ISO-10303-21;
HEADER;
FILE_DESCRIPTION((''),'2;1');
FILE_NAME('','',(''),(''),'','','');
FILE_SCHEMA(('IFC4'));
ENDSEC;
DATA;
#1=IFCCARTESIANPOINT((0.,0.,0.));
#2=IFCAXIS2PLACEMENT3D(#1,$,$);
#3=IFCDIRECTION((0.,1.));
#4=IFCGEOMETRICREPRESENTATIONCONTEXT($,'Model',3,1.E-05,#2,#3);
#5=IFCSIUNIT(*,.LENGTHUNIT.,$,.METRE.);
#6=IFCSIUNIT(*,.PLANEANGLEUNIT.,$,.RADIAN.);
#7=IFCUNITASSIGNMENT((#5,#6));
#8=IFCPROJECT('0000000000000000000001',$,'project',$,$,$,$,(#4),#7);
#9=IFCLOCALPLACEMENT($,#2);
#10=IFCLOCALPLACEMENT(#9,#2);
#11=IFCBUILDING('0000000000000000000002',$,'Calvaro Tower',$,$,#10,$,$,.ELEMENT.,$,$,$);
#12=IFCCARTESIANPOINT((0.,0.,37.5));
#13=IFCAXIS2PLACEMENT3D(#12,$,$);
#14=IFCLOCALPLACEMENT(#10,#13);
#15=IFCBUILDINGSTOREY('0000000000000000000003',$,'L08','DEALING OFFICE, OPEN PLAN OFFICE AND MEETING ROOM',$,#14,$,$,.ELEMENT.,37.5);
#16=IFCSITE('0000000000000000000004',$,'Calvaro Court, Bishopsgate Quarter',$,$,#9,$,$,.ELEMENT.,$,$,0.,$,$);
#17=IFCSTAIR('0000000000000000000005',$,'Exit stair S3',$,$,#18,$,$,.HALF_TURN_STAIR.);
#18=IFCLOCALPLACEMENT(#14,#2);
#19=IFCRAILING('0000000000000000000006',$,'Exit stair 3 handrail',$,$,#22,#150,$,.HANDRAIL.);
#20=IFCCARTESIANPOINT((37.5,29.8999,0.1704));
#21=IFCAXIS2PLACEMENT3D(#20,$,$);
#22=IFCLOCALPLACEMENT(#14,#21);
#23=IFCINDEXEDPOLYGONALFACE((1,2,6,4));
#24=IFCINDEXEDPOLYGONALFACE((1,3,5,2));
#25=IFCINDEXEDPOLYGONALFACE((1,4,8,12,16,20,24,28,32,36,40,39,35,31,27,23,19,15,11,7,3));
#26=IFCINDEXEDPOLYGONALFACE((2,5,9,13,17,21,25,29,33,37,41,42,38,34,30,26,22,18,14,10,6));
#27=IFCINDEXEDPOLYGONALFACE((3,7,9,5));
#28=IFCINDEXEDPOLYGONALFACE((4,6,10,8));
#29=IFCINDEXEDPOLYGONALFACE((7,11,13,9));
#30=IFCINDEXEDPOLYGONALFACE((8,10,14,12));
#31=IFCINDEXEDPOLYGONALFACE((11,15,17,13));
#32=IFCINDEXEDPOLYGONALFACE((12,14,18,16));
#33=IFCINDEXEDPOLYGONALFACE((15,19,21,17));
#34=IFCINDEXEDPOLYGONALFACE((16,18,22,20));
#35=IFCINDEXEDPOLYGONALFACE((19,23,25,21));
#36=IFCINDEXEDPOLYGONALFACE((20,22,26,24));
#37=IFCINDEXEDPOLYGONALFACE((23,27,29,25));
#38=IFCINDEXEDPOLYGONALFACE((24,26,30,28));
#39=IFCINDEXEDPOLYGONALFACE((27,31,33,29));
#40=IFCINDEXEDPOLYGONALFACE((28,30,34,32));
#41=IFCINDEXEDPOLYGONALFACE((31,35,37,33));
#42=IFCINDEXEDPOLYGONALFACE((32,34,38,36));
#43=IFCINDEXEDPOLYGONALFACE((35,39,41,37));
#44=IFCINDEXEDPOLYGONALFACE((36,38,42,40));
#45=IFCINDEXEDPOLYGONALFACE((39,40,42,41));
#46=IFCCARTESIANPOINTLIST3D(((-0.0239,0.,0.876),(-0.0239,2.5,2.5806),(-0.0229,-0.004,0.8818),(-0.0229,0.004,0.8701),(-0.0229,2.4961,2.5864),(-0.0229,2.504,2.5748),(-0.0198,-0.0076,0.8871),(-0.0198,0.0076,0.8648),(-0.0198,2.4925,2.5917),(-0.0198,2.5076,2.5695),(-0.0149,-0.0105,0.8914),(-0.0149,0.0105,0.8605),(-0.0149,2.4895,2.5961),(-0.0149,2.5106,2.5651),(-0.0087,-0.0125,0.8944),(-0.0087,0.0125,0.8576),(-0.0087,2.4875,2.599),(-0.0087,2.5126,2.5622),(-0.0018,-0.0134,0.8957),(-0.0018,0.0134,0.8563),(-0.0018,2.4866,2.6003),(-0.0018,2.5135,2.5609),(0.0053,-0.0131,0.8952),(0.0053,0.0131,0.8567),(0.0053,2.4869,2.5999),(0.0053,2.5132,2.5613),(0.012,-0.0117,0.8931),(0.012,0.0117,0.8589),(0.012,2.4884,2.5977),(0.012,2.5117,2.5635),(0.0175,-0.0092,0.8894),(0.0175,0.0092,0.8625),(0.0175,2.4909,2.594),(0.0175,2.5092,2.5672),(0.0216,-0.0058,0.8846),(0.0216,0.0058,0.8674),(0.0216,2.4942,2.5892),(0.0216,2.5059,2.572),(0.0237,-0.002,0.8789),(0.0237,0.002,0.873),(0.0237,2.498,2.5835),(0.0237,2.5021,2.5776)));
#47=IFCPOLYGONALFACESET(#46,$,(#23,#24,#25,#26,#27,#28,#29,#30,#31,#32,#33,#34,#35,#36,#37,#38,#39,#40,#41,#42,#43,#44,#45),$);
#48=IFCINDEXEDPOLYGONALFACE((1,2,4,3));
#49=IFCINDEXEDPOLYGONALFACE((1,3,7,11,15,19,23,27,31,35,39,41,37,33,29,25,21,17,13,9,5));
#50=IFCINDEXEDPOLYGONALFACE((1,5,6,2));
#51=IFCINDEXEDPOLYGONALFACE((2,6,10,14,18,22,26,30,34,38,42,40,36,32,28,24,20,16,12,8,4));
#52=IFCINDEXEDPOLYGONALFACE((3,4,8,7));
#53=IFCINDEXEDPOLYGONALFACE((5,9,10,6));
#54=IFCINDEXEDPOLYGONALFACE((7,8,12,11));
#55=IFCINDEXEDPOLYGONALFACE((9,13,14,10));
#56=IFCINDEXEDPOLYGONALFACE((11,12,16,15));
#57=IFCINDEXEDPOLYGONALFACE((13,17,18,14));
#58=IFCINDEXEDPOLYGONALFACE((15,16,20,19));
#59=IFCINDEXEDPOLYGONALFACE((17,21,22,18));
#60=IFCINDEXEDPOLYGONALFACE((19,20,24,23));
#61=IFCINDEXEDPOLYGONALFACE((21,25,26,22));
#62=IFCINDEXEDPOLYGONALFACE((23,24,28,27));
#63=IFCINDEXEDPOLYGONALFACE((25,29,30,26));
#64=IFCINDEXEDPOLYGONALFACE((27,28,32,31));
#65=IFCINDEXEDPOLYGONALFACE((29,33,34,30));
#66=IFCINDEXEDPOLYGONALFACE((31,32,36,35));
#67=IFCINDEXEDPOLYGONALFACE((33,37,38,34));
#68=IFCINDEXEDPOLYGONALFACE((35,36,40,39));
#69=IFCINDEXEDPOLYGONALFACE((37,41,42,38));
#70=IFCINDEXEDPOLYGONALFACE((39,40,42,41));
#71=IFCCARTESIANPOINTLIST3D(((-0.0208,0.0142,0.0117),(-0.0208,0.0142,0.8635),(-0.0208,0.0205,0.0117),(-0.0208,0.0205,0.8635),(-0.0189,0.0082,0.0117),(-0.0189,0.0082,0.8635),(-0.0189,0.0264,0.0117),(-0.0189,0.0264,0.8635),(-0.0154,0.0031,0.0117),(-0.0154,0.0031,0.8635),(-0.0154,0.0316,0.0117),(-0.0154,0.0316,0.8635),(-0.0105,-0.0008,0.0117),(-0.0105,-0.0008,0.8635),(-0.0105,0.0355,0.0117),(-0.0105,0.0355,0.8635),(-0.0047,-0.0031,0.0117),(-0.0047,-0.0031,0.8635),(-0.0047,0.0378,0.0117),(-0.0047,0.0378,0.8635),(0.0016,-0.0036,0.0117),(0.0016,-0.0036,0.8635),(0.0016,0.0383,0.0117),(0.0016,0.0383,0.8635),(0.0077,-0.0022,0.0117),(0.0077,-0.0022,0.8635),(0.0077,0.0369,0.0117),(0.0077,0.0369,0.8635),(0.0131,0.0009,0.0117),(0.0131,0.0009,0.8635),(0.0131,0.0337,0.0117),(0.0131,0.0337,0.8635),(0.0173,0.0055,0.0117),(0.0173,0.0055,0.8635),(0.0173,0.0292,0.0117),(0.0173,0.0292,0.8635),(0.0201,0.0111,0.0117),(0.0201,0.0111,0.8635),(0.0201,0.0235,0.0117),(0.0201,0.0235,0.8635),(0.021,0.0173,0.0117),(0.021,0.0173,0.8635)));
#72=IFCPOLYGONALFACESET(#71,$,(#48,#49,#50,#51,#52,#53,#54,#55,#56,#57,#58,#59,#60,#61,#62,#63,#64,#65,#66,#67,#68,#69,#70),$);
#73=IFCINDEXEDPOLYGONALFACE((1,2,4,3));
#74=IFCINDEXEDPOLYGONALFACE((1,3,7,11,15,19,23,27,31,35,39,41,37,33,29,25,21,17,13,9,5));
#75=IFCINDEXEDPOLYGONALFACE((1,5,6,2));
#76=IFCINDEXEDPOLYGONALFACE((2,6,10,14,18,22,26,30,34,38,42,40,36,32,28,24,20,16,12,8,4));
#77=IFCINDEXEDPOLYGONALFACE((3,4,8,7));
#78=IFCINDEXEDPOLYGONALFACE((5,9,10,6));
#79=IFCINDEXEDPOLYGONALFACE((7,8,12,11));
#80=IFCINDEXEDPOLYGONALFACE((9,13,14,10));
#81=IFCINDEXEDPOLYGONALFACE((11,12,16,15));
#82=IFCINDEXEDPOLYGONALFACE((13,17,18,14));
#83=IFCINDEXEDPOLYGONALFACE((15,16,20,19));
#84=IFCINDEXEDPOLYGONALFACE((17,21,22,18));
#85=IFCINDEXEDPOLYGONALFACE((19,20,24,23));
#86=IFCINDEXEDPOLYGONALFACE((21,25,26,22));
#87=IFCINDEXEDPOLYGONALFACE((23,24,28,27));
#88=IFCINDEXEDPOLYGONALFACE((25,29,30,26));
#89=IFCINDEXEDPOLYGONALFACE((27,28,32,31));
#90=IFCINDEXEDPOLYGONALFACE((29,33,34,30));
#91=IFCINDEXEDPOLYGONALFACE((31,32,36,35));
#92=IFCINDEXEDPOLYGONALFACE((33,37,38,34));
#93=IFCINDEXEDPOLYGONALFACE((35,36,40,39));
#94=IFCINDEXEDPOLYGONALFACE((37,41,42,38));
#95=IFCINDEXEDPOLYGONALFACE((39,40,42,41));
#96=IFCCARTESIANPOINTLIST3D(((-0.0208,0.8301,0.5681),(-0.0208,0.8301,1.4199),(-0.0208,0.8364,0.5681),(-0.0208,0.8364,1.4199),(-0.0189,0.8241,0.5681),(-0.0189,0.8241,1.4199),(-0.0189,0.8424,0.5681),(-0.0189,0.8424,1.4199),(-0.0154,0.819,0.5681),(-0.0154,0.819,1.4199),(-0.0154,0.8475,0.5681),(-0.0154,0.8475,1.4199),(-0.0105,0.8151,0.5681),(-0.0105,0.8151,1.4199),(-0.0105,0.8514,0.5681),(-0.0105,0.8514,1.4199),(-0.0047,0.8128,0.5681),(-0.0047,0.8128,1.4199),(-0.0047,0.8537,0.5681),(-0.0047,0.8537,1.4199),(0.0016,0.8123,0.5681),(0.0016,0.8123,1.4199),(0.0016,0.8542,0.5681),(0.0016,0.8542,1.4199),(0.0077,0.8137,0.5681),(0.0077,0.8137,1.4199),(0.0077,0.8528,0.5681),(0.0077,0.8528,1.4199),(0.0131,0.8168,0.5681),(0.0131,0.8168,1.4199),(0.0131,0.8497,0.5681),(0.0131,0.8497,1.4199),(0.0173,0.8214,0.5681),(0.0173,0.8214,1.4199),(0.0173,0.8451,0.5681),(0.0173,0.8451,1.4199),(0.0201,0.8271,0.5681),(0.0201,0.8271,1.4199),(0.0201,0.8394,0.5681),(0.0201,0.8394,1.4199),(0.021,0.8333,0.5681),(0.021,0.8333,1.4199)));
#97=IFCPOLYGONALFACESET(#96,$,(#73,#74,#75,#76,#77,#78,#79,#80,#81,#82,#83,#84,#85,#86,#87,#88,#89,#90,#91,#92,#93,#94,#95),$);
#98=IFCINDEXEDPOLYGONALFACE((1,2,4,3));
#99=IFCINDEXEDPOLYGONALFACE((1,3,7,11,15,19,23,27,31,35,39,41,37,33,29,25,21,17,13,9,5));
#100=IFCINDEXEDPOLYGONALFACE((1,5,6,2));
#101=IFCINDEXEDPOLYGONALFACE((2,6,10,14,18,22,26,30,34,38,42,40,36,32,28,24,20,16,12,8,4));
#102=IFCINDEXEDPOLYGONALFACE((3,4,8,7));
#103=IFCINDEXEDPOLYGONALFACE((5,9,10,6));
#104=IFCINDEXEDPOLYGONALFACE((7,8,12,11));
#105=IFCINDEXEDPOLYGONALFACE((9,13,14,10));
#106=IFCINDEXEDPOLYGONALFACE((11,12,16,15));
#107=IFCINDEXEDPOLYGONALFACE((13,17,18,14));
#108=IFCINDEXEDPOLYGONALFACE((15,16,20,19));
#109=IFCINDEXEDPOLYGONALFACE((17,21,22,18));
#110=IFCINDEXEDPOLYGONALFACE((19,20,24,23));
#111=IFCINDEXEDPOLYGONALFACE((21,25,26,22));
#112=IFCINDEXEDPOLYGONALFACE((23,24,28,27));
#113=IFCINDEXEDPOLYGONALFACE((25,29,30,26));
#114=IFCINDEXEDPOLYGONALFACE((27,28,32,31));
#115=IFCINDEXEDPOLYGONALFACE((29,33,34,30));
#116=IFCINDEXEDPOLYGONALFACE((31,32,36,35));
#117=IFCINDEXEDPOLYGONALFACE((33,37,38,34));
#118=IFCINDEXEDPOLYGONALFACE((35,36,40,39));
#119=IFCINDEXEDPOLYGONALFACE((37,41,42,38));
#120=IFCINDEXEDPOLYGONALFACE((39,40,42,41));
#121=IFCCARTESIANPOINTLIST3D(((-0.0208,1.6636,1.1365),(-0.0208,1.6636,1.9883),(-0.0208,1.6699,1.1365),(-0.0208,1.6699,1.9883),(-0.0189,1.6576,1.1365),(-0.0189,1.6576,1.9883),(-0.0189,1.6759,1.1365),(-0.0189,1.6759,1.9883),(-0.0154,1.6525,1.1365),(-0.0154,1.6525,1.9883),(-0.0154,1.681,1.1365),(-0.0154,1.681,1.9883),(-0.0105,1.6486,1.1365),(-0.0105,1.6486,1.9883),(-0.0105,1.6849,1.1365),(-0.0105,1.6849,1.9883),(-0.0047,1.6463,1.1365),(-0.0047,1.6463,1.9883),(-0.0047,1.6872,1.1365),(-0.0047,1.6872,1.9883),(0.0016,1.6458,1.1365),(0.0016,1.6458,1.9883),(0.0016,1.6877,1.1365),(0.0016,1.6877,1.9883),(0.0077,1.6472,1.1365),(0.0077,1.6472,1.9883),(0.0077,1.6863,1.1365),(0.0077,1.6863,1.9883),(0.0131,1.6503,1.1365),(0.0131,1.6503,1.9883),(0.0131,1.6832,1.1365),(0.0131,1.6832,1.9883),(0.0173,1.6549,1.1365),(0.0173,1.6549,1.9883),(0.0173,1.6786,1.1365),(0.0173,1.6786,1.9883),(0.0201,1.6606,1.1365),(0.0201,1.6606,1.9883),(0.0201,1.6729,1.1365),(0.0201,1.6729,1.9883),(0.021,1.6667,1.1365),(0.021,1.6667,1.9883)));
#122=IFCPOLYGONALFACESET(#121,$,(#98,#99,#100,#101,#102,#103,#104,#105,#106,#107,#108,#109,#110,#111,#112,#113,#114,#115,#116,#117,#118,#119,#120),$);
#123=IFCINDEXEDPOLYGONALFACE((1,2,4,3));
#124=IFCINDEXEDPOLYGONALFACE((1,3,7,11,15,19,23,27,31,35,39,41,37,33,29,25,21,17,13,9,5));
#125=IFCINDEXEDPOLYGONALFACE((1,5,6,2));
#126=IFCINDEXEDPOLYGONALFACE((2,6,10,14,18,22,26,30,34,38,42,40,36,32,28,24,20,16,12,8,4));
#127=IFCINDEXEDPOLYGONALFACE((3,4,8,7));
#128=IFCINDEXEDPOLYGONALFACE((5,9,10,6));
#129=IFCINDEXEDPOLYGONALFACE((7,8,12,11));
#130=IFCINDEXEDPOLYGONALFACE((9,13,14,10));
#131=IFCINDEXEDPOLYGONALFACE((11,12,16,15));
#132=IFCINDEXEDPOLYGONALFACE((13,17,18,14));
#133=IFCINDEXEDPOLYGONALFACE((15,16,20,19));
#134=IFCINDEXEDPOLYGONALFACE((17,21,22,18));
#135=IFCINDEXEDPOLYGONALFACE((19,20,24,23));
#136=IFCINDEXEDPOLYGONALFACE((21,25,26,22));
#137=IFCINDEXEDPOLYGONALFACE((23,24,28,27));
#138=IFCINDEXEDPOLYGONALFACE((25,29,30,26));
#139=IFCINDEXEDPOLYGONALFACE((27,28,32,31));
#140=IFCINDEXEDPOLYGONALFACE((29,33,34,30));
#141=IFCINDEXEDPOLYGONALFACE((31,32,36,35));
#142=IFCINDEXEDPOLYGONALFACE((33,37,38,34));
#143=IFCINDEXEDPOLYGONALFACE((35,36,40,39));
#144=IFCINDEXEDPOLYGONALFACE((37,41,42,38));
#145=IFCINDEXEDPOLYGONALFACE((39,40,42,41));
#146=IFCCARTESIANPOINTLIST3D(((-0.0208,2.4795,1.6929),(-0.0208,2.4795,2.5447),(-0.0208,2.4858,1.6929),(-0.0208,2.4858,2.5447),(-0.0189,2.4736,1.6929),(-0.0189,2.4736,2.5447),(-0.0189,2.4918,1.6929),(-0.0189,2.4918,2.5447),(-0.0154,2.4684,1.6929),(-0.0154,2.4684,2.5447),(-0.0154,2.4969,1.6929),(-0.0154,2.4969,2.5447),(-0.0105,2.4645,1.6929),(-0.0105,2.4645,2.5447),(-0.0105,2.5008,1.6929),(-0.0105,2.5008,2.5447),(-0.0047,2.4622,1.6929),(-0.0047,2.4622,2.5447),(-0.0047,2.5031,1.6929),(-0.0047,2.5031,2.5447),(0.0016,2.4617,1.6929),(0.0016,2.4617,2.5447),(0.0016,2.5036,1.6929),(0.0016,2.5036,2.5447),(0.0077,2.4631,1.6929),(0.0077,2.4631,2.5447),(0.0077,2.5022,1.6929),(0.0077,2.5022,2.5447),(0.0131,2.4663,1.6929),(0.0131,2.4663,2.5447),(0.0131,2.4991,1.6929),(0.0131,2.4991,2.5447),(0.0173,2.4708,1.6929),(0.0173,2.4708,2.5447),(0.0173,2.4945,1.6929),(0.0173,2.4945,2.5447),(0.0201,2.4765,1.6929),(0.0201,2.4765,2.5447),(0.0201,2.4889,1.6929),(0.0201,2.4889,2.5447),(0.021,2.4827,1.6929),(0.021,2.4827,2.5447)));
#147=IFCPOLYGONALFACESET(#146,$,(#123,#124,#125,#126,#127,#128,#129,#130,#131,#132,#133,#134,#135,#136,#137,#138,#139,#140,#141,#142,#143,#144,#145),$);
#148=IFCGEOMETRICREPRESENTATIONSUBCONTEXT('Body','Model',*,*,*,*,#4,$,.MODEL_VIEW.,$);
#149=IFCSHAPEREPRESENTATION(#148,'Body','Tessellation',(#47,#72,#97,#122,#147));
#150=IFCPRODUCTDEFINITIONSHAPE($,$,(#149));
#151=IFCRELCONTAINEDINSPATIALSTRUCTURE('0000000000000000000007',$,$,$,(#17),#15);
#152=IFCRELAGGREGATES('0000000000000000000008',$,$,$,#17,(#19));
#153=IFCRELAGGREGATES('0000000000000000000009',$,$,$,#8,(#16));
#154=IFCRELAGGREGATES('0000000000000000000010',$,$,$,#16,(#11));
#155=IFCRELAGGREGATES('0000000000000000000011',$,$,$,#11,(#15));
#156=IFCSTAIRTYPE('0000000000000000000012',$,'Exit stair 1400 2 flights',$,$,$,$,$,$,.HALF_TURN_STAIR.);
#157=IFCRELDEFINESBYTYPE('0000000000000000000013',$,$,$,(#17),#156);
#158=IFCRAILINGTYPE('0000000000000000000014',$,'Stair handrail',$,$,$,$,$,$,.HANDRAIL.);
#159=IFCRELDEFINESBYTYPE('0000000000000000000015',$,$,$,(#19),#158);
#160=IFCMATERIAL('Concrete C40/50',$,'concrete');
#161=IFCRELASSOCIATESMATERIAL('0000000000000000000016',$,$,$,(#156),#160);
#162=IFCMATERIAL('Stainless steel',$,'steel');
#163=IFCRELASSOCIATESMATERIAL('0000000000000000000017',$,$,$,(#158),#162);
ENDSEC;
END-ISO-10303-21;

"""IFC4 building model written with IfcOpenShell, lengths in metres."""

from ifc_helpers import new_model, si_unit, direction, frame, origin, origin_2d, place, context, subcontext, project, spatial, circle, extrude, material, type_object, element, aggregate, save


model = new_model("IFC4")

# Units and contexts
model_context = context("Model", 3, precision=1e-05, world=origin(), true_north=direction((0.0, 1.0)))
body_context = subcontext(model_context, "Body", "Model", "MODEL_VIEW")
ifc_project = project(units=[si_unit("LENGTHUNIT", "METRE"), si_unit("PLANEANGLEUNIT", "RADIAN")], contexts=[model_context])

# Site, building, storey
site_placement = place(None, origin())
site = spatial("IfcSite", under=ifc_project, at=site_placement, Name="Calvaro Court, Bishopsgate Quarter", CompositionType="ELEMENT", RefElevation=0.0)
building_placement = place(site_placement, origin())
building = spatial("IfcBuilding", under=site, at=building_placement, Name="Calvaro Tower", CompositionType="ELEMENT")
storey_placement = place(building_placement, frame((0.0, 0.0, 37.5)))
storey = spatial("IfcBuildingStorey", under=building, at=storey_placement, Name="L08", Description="DEALING OFFICE, OPEN PLAN OFFICE AND MEETING ROOM", CompositionType="ELEMENT", Elevation=37.5)

# Stair, railing
ifc_material_1 = material(Name="Concrete C40/50", Category="concrete")
stair_type = type_object("IfcStairType", Name="Exit stair 1400 2 flights", PredefinedType="HALF_TURN_STAIR", material=ifc_material_1)
stair_1_placement = place(storey_placement, origin())
stair_1 = element("IfcStair", 1, at=stair_1_placement, inside=storey, type_object=stair_type, Name="Exit stair S3", PredefinedType="HALF_TURN_STAIR")
ifc_material_2 = material(Name="Stainless steel", Category="steel")
railing_type = type_object("IfcRailingType", Name="Stair handrail", PredefinedType="HANDRAIL", material=ifc_material_2)
railing_1_placement = place(storey_placement, frame((37.5, 29.8999, 0.1704)))
railing_1 = element("IfcRailing", 2, at=railing_1_placement, type_object=railing_type, Name="Exit stair 3 handrail", PredefinedType="HANDRAIL", context=body_context, shape_type="SweptSolid", body=[
    extrude(circle(Radius=0.0239, at=origin_2d()), frame((0.0, 0.0, 0.876), z_axis=(0.0, 0.826221, 0.563347), x_axis=(-1.0, 0.0, 0.0)), (0.0, 0.0, 1.0), 3.0259),
    extrude(circle(Radius=0.021, at=origin_2d()), frame((0.0, 0.0173, 0.0117)), (0.0, 0.0, 1.0), 0.8518),
    extrude(circle(Radius=0.021, at=origin_2d()), frame((0.0, 0.8333, 0.5681)), (0.0, 0.0, 1.0), 0.8518),
    extrude(circle(Radius=0.021, at=origin_2d()), frame((0.0, 1.6667, 1.1365)), (0.0, 0.0, 1.0), 0.8518),
    extrude(circle(Radius=0.021, at=origin_2d()), frame((0.0, 2.4827, 1.6929)), (0.0, 0.0, 1.0), 0.8518),
])
aggregate(stair_1, [railing_1])

save(model, "model.ifc")
